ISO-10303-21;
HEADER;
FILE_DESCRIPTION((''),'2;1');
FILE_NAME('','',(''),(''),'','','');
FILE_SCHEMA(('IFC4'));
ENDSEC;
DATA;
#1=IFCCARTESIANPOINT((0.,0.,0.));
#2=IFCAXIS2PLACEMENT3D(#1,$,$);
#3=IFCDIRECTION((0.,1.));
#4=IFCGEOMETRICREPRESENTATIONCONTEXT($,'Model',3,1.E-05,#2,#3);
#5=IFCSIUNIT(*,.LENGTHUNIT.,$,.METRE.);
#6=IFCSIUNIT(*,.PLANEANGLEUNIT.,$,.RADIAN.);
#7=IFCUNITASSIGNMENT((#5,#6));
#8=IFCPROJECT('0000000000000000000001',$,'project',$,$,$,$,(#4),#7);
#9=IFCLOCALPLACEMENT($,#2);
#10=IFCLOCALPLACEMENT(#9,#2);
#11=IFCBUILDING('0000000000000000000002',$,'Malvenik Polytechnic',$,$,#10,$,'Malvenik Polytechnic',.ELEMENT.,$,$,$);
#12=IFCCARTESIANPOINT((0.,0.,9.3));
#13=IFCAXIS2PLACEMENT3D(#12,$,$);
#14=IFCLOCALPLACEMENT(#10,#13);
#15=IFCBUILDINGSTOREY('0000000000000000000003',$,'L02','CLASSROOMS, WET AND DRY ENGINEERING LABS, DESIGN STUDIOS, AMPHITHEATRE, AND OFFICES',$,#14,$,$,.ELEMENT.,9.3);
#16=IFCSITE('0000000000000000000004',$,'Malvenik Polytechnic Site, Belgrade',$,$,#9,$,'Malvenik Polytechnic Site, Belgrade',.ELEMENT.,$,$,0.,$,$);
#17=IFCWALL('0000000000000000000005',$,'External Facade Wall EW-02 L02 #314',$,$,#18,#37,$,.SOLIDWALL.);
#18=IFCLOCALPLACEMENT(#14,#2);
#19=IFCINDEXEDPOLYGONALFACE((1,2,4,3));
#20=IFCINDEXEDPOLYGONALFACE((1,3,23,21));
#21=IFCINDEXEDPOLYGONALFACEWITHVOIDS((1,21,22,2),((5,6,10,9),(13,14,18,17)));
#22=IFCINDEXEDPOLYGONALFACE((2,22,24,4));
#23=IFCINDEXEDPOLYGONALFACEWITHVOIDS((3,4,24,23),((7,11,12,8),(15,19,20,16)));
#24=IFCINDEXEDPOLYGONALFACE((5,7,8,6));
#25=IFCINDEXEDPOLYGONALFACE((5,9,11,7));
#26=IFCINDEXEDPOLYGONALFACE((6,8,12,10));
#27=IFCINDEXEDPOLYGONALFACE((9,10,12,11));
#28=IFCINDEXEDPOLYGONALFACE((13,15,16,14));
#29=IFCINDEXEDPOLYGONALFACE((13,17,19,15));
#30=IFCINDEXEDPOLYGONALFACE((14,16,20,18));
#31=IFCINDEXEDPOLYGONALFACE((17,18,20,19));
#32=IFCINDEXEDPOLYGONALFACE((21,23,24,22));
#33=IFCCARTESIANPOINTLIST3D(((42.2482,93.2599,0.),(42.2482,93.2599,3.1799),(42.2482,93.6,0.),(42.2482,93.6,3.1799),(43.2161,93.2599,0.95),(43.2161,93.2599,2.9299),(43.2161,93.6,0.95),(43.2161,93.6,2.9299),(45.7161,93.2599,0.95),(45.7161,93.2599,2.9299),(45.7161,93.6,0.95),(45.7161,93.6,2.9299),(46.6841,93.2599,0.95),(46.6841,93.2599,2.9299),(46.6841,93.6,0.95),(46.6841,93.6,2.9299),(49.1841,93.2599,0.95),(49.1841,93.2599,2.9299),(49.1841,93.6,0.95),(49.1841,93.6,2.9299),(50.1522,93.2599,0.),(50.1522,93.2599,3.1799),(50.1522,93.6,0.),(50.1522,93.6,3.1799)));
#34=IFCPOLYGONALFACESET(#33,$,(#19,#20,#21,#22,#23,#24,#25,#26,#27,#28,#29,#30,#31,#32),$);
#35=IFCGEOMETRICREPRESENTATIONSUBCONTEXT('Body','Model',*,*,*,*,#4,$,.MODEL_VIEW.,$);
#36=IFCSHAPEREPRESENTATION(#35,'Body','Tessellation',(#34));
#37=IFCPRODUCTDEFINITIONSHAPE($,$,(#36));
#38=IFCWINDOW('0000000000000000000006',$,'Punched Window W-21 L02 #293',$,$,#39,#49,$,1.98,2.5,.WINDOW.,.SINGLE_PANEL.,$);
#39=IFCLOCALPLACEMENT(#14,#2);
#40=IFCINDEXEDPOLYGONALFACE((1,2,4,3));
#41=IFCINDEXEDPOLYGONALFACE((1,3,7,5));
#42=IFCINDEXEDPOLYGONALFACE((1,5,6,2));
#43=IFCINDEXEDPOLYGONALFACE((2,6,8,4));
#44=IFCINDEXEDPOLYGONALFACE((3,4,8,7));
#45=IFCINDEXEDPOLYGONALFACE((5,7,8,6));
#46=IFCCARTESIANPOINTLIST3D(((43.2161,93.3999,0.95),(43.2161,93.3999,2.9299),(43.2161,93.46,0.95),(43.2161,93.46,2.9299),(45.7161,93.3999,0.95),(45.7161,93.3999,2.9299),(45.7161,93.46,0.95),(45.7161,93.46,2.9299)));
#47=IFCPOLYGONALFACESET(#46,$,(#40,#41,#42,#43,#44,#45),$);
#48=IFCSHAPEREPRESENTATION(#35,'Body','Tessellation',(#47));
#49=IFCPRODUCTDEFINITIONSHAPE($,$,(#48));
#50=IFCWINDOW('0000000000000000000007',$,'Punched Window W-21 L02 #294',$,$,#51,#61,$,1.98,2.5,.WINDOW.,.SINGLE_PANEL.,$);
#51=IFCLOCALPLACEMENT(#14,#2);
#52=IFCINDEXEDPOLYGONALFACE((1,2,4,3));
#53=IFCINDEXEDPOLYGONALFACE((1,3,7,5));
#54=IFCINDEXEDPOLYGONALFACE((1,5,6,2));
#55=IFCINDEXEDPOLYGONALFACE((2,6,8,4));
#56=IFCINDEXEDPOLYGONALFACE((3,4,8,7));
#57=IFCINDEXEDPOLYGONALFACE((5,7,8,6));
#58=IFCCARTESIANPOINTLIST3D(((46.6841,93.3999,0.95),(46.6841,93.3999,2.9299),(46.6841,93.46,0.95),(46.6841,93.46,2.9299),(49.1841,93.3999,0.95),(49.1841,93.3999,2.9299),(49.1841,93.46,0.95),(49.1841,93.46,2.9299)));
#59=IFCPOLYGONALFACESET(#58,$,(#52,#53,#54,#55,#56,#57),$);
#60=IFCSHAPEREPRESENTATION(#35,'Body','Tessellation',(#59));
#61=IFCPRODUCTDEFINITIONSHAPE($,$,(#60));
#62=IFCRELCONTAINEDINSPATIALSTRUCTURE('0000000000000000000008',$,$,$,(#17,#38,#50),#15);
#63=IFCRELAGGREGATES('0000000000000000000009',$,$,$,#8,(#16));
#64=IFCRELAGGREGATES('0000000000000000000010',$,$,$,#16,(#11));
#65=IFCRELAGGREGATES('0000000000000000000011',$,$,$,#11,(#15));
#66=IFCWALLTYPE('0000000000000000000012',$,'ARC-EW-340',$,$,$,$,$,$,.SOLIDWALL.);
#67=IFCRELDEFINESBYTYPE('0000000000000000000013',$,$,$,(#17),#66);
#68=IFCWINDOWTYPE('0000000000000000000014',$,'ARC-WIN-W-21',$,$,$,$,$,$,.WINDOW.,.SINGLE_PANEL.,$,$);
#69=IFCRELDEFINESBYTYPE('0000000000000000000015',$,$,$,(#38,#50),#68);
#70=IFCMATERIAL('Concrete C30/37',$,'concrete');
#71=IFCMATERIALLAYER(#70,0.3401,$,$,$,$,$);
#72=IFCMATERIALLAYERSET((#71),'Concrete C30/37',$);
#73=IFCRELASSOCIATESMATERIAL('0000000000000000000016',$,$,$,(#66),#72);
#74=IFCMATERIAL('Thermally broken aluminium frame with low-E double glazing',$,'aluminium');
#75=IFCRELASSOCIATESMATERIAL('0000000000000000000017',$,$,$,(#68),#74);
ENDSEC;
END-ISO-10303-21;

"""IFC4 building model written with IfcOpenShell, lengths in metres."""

from ifc_helpers import new_model, si_unit, direction, frame, frame_2d, origin, place, context, subcontext, project, spatial, rectangle, extrude, material, layer, layer_set, type_object, element, fill, save


model = new_model("IFC4")

# Units and contexts
model_context = context("Model", 3, precision=1e-05, world=origin(), true_north=direction((0.0, 1.0)))
body_context = subcontext(model_context, "Body", "Model", "MODEL_VIEW")
ifc_project = project(units=[si_unit("LENGTHUNIT", "METRE"), si_unit("PLANEANGLEUNIT", "RADIAN")], contexts=[model_context])

# Site, building, storey
site_placement = place(None, origin())
site = spatial("IfcSite", under=ifc_project, at=site_placement, Name="Malvenik Polytechnic Site, Belgrade", LongName="Malvenik Polytechnic Site, Belgrade", CompositionType="ELEMENT", RefElevation=0.0)
building_placement = place(site_placement, origin())
building = spatial("IfcBuilding", under=site, at=building_placement, Name="Malvenik Polytechnic", LongName="Malvenik Polytechnic", CompositionType="ELEMENT")
storey_placement = place(building_placement, frame((0.0, 0.0, 9.3)))
storey = spatial("IfcBuildingStorey", under=building, at=storey_placement, Name="L02", Description="CLASSROOMS, WET AND DRY ENGINEERING LABS, DESIGN STUDIOS, AMPHITHEATRE, AND OFFICES", CompositionType="ELEMENT", Elevation=9.3)

# Wall, openings, windows
ifc_material_1 = material(Name="Concrete C30/37", Category="concrete")
ifc_layer_1 = layer(ifc_material_1, 0.3401)
ifc_layer_set_1 = layer_set([ifc_layer_1], Name="Concrete C30/37")
wall_type = type_object("IfcWallType", Name="ARC-EW-340", PredefinedType="SOLIDWALL", material=ifc_layer_set_1)
wall_placement = place(storey_placement, frame((42.248, 93.4299, 0.0), z_axis=(0.0, 0.0, 1.0), x_axis=(1.0, 0.0, 0.0)))
wall = element("IfcWall", 1, at=wall_placement, inside=storey, type_object=wall_type, Name="External Facade Wall EW-02 L02 #314", PredefinedType="SOLIDWALL", context=body_context, shape_type="SweptSolid", body=[
    extrude(rectangle(XDim=7.9041, YDim=0.3401, at=frame_2d((3.9521, 0.0))), origin(), (0.0, 0.0, 1.0), 3.1799),
])
opening_1_placement = place(wall_placement, frame((0.968, 0.0, 0.95)))
opening_1 = element("IfcOpeningElement", 2, at=opening_1_placement, cuts=wall, PredefinedType="OPENING", context=body_context, shape_type="SweptSolid", body=[
    extrude(rectangle(XDim=2.5, YDim=1.98, at=frame_2d((1.25, 0.99))), frame((0.0, 0.1802, 0.0), z_axis=(0.0, -1.0, 0.0), x_axis=(1.0, 0.0, 0.0)), (0.0, 0.0, 1.0), 0.3601),
])
opening_2_placement = place(wall_placement, frame((4.436, 0.0, 0.95)))
opening_2 = element("IfcOpeningElement", 3, at=opening_2_placement, cuts=wall, PredefinedType="OPENING", context=body_context, shape_type="SweptSolid", body=[
    extrude(rectangle(XDim=2.5, YDim=1.98, at=frame_2d((1.25, 0.99))), frame((0.0, 0.1802, 0.0), z_axis=(0.0, -1.0, 0.0), x_axis=(1.0, 0.0, 0.0)), (0.0, 0.0, 1.0), 0.3601),
])
ifc_material_2 = material(Name="Thermally broken aluminium frame with low-E double glazing", Category="aluminium")
window_type = type_object("IfcWindowType", Name="ARC-WIN-W-21", PartitioningType="SINGLE_PANEL", PredefinedType="WINDOW", material=ifc_material_2)
window_1_placement = place(opening_1_placement, origin())
window_1 = element("IfcWindow", 4, at=window_1_placement, inside=storey, type_object=window_type, Name="Punched Window W-21 L02 #293", OverallHeight=1.98, OverallWidth=2.5, PartitioningType="SINGLE_PANEL", PredefinedType="WINDOW", context=body_context, shape_type="SweptSolid", body=[
    extrude(rectangle(XDim=2.5, YDim=1.98, at=frame_2d((1.25, 0.99))), frame((0.0, 0.03, 0.0), z_axis=(0.0, -1.0, 0.0), x_axis=(1.0, 0.0, 0.0)), (0.0, 0.0, 1.0), 0.0601),
])
fill(opening_1, window_1)
window_2_placement = place(opening_2_placement, origin())
window_2 = element("IfcWindow", 5, at=window_2_placement, inside=storey, type_object=window_type, Name="Punched Window W-21 L02 #294", OverallHeight=1.98, OverallWidth=2.5, PartitioningType="SINGLE_PANEL", PredefinedType="WINDOW", context=body_context, shape_type="SweptSolid", body=[
    extrude(rectangle(XDim=2.5, YDim=1.98, at=frame_2d((1.25, 0.99))), frame((0.0, 0.03, 0.0), z_axis=(0.0, -1.0, 0.0), x_axis=(1.0, 0.0, 0.0)), (0.0, 0.0, 1.0), 0.0601),
])
fill(opening_2, window_2)

save(model, "model.ifc")
